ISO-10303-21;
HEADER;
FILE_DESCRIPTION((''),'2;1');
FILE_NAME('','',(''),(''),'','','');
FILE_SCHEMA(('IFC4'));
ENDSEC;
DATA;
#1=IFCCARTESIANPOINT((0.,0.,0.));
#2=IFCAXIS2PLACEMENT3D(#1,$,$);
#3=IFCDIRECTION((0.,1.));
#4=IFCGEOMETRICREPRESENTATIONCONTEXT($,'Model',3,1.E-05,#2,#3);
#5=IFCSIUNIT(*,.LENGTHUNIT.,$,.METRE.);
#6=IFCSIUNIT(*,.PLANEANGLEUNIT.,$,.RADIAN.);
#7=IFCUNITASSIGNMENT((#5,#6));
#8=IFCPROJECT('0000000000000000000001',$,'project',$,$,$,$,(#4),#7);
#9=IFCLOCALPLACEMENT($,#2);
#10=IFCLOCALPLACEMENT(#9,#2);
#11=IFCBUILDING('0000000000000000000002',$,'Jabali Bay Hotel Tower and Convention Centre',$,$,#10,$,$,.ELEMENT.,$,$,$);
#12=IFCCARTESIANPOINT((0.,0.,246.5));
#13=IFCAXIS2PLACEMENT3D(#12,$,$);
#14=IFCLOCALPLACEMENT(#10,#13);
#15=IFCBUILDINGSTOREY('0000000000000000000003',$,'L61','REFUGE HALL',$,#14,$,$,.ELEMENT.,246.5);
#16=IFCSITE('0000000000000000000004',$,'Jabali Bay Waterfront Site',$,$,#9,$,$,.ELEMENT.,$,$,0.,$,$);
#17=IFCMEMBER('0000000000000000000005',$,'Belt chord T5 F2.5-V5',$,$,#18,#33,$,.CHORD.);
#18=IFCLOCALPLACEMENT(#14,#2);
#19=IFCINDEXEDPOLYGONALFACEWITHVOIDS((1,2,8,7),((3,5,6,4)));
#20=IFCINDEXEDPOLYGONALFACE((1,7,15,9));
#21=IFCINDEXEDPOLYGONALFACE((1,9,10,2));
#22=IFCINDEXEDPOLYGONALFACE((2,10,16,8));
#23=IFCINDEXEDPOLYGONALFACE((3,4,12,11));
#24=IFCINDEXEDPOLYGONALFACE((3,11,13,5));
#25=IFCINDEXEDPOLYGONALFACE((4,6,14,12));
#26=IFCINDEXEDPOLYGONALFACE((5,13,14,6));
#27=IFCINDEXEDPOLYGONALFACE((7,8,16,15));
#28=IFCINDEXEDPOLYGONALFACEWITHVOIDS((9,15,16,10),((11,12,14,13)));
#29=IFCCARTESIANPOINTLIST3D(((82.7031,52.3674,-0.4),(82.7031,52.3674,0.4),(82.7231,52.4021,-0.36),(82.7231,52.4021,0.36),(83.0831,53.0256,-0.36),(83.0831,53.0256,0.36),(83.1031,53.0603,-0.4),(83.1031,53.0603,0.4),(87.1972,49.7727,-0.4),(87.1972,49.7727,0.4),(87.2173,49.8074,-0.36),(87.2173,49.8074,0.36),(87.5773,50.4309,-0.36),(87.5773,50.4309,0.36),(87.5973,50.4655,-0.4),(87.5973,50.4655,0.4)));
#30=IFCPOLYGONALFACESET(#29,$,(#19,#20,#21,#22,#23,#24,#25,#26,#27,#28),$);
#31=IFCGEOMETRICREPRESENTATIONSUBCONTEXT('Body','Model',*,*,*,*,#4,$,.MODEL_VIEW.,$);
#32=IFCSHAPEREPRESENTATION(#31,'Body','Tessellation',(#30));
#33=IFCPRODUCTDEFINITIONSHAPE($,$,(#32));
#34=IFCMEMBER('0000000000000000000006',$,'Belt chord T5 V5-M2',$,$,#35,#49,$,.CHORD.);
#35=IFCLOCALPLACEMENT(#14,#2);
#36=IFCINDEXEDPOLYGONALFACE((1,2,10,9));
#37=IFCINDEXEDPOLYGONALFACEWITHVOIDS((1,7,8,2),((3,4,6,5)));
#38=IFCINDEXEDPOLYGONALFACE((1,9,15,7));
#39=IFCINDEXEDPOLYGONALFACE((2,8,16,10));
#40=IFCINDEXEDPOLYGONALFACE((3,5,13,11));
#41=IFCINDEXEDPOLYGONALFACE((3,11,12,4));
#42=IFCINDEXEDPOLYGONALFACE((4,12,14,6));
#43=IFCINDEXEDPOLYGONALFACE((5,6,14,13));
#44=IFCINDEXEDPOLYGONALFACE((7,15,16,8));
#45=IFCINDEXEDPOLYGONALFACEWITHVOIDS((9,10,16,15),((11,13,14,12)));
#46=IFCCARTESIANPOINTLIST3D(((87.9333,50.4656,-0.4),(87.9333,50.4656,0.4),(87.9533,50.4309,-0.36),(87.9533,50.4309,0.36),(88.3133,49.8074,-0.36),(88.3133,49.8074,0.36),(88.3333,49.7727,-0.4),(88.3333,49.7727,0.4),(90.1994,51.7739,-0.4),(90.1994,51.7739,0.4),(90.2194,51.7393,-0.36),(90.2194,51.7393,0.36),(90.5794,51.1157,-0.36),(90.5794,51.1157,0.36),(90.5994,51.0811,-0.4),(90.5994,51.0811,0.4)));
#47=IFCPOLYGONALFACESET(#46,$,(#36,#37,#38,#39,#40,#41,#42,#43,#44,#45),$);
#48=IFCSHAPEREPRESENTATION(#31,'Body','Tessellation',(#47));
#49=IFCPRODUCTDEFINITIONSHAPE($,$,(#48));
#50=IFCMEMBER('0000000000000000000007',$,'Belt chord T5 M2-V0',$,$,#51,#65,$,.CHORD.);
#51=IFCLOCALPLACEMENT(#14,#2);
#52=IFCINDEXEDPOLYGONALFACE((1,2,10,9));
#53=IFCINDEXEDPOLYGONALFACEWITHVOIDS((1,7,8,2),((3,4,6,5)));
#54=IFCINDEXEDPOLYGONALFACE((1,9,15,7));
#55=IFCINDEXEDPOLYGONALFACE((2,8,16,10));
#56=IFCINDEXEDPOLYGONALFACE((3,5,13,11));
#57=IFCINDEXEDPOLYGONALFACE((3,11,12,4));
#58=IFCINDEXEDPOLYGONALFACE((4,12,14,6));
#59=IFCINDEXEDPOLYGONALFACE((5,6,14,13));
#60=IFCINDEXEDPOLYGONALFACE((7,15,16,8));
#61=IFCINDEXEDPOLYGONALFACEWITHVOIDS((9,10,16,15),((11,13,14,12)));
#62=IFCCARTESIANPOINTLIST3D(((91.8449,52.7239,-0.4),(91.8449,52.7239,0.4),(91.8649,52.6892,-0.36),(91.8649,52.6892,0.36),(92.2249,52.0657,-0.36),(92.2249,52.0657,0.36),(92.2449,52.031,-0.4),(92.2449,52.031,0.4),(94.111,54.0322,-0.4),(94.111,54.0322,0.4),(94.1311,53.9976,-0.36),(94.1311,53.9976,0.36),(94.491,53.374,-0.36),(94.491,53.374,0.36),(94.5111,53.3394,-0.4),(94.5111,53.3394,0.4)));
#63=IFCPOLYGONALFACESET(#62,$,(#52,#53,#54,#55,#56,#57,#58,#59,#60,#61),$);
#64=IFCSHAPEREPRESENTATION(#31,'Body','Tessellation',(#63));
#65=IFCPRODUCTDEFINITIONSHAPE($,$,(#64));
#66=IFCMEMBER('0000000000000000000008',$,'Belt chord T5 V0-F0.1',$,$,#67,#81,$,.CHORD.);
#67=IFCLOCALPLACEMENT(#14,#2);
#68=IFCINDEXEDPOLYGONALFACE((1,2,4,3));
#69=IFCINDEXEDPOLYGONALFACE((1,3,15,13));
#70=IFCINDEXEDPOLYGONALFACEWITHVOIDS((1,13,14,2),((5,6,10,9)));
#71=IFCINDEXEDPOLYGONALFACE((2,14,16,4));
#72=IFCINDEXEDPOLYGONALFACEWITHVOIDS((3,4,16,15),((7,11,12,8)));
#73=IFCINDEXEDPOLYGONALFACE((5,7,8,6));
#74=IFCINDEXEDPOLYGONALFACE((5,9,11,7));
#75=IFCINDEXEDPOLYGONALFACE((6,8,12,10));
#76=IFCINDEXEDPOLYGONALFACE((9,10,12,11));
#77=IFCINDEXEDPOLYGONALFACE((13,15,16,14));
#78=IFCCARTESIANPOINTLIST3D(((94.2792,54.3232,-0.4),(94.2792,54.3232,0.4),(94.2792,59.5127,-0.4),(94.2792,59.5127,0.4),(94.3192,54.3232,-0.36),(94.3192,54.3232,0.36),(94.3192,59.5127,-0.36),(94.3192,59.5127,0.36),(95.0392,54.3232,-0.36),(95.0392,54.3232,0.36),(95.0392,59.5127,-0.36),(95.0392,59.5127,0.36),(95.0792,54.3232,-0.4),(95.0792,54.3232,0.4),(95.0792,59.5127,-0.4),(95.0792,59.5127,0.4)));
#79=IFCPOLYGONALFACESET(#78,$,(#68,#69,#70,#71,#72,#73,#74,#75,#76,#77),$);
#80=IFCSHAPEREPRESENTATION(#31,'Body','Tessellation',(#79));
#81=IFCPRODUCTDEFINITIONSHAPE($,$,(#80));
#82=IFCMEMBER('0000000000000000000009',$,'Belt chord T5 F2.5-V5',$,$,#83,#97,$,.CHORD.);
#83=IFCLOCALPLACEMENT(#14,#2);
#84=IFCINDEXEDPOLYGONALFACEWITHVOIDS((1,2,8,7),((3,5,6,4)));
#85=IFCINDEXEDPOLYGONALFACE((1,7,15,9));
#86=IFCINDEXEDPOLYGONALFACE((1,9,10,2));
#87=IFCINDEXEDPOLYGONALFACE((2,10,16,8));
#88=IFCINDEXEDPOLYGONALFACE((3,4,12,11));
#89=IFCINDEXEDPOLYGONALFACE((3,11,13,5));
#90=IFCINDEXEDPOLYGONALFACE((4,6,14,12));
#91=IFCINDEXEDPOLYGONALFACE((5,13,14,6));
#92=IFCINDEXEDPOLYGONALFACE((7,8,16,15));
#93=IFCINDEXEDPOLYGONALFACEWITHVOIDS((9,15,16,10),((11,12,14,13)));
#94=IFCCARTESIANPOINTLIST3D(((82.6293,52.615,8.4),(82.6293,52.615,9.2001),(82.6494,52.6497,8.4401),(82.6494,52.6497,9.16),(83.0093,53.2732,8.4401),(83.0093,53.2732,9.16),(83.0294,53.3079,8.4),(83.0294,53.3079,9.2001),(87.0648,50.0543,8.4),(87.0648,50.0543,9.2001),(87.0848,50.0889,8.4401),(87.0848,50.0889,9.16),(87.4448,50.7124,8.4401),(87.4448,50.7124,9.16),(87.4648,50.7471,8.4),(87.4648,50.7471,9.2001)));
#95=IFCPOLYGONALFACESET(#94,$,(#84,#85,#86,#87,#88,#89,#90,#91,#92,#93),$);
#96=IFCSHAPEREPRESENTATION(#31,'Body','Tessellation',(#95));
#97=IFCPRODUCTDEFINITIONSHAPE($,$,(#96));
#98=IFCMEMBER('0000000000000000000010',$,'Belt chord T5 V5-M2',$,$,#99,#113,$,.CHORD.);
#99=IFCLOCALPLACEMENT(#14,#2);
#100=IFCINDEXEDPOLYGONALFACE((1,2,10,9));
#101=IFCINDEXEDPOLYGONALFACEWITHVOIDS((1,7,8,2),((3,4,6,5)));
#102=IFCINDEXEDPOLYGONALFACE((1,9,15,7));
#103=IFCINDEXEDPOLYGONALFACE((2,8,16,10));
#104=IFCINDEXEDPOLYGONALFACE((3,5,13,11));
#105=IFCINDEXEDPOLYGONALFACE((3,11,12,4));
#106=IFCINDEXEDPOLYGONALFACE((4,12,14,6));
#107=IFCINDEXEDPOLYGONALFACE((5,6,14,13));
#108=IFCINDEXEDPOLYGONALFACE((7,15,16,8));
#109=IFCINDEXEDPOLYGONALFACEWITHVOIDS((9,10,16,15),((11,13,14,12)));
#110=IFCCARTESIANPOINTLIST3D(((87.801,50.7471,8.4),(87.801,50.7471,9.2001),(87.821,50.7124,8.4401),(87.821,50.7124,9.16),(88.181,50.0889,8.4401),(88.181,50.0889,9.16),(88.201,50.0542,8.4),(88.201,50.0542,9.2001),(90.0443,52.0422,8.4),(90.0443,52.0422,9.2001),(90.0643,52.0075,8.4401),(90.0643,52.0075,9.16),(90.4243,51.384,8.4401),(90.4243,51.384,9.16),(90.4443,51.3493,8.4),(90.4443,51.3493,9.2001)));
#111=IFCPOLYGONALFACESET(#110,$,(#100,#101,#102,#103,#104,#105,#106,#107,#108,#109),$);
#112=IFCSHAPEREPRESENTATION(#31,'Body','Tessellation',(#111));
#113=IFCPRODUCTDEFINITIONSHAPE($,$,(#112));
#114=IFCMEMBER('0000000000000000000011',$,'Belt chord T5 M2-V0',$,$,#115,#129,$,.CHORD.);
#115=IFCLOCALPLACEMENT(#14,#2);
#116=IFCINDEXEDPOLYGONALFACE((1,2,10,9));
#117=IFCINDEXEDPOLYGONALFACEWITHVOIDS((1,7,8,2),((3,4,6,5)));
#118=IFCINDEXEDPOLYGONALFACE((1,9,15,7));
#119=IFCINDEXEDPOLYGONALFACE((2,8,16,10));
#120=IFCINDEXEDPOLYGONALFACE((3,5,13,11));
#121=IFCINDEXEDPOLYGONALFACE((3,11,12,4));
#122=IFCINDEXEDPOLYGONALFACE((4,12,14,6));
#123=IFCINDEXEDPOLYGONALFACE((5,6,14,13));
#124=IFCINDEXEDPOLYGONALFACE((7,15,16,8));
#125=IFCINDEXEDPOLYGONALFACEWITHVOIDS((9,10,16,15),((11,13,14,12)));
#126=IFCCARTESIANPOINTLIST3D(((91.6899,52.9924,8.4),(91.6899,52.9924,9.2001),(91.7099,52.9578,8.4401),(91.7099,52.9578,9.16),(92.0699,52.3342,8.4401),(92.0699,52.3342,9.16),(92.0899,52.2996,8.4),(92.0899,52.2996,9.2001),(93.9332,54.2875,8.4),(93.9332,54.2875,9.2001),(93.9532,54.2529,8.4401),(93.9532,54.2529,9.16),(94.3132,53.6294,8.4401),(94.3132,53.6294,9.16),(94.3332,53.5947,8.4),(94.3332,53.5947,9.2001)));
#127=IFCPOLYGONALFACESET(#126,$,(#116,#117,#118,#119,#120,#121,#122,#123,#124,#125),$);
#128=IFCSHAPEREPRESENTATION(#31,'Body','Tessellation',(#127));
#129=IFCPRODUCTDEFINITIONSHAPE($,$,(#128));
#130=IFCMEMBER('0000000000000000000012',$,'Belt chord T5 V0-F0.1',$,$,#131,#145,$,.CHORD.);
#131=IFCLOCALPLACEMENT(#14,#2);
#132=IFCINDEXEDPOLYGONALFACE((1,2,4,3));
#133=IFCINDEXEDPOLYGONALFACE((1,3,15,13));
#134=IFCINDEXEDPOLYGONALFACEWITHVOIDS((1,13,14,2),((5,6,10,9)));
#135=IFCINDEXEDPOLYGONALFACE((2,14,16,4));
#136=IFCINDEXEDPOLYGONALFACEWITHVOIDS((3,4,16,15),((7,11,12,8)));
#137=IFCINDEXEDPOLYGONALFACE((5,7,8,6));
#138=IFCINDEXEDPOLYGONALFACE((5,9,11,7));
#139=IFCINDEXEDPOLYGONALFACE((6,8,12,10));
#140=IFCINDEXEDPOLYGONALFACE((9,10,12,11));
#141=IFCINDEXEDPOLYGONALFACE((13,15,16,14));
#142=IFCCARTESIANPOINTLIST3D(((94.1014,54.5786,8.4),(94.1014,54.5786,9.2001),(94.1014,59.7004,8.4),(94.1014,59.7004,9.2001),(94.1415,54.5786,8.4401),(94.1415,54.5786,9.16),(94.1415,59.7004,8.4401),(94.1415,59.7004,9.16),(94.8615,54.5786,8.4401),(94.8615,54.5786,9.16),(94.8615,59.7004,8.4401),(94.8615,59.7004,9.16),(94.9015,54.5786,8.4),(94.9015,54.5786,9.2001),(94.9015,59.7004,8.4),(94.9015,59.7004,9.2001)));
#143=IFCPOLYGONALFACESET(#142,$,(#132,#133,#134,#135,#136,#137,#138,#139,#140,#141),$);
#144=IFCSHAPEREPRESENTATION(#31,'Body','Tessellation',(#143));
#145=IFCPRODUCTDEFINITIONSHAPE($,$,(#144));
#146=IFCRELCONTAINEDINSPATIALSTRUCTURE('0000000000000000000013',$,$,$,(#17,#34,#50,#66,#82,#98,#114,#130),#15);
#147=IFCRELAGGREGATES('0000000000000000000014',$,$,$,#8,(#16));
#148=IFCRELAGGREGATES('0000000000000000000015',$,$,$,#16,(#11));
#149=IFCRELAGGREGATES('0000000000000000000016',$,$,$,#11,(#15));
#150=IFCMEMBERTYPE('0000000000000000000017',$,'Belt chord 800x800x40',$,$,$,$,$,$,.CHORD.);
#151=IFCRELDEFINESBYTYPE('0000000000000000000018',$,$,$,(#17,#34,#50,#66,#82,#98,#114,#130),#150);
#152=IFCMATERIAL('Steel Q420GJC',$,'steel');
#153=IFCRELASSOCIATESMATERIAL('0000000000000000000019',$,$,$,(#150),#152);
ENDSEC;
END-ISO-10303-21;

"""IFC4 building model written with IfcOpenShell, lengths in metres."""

from ifc_helpers import new_model, si_unit, direction, frame, origin, origin_2d, place, context, subcontext, project, spatial, hollow_rectangle, extrude, material, material_profile, profile_set, type_object, element, save


model = new_model("IFC4")

# Units and contexts
model_context = context("Model", 3, precision=1e-05, world=origin(), true_north=direction((0.0, 1.0)))
body_context = subcontext(model_context, "Body", "Model", "MODEL_VIEW")
ifc_project = project(units=[si_unit("LENGTHUNIT", "METRE"), si_unit("PLANEANGLEUNIT", "RADIAN")], contexts=[model_context])

# Site, building, storey
site_placement = place(None, origin())
site = spatial("IfcSite", under=ifc_project, at=site_placement, Name="Jabali Bay Waterfront Site", CompositionType="ELEMENT", RefElevation=0.0)
building_placement = place(site_placement, origin())
building = spatial("IfcBuilding", under=site, at=building_placement, Name="Jabali Bay Hotel Tower and Convention Centre", CompositionType="ELEMENT")
storey_placement = place(building_placement, frame((0.0, 0.0, 246.5)))
storey = spatial("IfcBuildingStorey", under=building, at=storey_placement, Name="L61", Description="REFUGE HALL", CompositionType="ELEMENT", Elevation=246.5)

# Members
ifc_material_1 = material(Name="Steel Q420GJC", Category="steel")
ifc_material_profile_1 = material_profile(ifc_material_1, hollow_rectangle(XDim=0.8, YDim=0.8, WallThickness=0.04, at=origin_2d()), Name="Belt chord 800x800x40")
ifc_profile_set_1 = profile_set([ifc_material_profile_1], Name="Steel Q420GJC")
member_type_1 = type_object("IfcMemberType", Name="Belt chord 800x800x40", PredefinedType="CHORD", material=ifc_profile_set_1)
member_1_placement = place(storey_placement, frame((82.9031, 52.7139, 0.0), z_axis=(0.866023, -0.500005, 0.0), x_axis=(0.500005, 0.866023, 0.0)))
element("IfcMember", 1, at=member_1_placement, inside=storey, type_object=member_type_1, Name="Belt chord T5 F2.5-V5", PredefinedType="CHORD", context=body_context, shape_type="SweptSolid", body=[
    extrude(hollow_rectangle(XDim=0.8, YDim=0.8, WallThickness=0.04, at=origin_2d()), origin(), (0.0, 0.0, 1.0), 5.1895),
])
for number, where, z_axis, x_axis, name in (
    (2, (88.1333, 50.1191, 0.0), (0.866024, 0.500002, 0.0), (-0.500002, 0.866024, 0.0), "Belt chord T5 V5-M2"),
    (3, (92.0449, 52.3774, 0.0), (0.866024, 0.500002, 0.0), (-0.500002, 0.866024, 0.0), "Belt chord T5 M2-V0"),
):
    element("IfcMember", number, at=place(storey_placement, frame(where, z_axis=z_axis, x_axis=x_axis)), inside=storey, type_object=member_type_1, Name=name, PredefinedType="CHORD", context=body_context, shape_type="SweptSolid", body=[
        extrude(hollow_rectangle(XDim=0.8, YDim=0.8, WallThickness=0.04, at=origin_2d()), origin(), (0.0, 0.0, 1.0), 2.6167),
    ])
member_2_placement = place(storey_placement, frame((94.6792, 54.3232, 0.0), z_axis=(0.0, 1.0, 0.0), x_axis=(-1.0, 0.0, 0.0)))
element("IfcMember", 4, at=member_2_placement, inside=storey, type_object=member_type_1, Name="Belt chord T5 V0-F0.1", PredefinedType="CHORD", context=body_context, shape_type="SweptSolid", body=[
    extrude(hollow_rectangle(XDim=0.8, YDim=0.8, WallThickness=0.04, at=origin_2d()), origin(), (0.0, 0.0, 1.0), 5.1895),
])
member_3_placement = place(storey_placement, frame((82.8293, 52.9614, 8.8), z_axis=(0.866032, -0.499989, 0.0), x_axis=(0.499989, 0.866032, 0.0)))
element("IfcMember", 5, at=member_3_placement, inside=storey, type_object=member_type_1, Name="Belt chord T5 F2.5-V5", PredefinedType="CHORD", context=body_context, shape_type="SweptSolid", body=[
    extrude(hollow_rectangle(XDim=0.8, YDim=0.8, WallThickness=0.04, at=origin_2d()), origin(), (0.0, 0.0, 1.0), 5.1216),
])
for number, where, z_axis, x_axis, name in (
    (6, (88.001, 50.4006, 8.8), (0.866036, 0.499981, 0.0), (-0.499981, 0.866036, 0.0), "Belt chord T5 V5-M2"),
    (7, (91.8899, 52.646, 8.8), (0.866036, 0.499981, 0.0), (-0.499981, 0.866036, 0.0), "Belt chord T5 M2-V0"),
):
    element("IfcMember", number, at=place(storey_placement, frame(where, z_axis=z_axis, x_axis=x_axis)), inside=storey, type_object=member_type_1, Name=name, PredefinedType="CHORD", context=body_context, shape_type="SweptSolid", body=[
        extrude(hollow_rectangle(XDim=0.8, YDim=0.8, WallThickness=0.04, at=origin_2d()), origin(), (0.0, 0.0, 1.0), 2.5903),
    ])
member_4_placement = place(storey_placement, frame((94.5015, 54.5786, 8.8), z_axis=(0.0, 1.0, 0.0), x_axis=(-1.0, 0.0, 0.0)))
element("IfcMember", 8, at=member_4_placement, inside=storey, type_object=member_type_1, Name="Belt chord T5 V0-F0.1", PredefinedType="CHORD", context=body_context, shape_type="SweptSolid", body=[
    extrude(hollow_rectangle(XDim=0.8, YDim=0.8, WallThickness=0.04, at=origin_2d()), origin(), (0.0, 0.0, 1.0), 5.1218),
])

save(model, "model.ifc")
